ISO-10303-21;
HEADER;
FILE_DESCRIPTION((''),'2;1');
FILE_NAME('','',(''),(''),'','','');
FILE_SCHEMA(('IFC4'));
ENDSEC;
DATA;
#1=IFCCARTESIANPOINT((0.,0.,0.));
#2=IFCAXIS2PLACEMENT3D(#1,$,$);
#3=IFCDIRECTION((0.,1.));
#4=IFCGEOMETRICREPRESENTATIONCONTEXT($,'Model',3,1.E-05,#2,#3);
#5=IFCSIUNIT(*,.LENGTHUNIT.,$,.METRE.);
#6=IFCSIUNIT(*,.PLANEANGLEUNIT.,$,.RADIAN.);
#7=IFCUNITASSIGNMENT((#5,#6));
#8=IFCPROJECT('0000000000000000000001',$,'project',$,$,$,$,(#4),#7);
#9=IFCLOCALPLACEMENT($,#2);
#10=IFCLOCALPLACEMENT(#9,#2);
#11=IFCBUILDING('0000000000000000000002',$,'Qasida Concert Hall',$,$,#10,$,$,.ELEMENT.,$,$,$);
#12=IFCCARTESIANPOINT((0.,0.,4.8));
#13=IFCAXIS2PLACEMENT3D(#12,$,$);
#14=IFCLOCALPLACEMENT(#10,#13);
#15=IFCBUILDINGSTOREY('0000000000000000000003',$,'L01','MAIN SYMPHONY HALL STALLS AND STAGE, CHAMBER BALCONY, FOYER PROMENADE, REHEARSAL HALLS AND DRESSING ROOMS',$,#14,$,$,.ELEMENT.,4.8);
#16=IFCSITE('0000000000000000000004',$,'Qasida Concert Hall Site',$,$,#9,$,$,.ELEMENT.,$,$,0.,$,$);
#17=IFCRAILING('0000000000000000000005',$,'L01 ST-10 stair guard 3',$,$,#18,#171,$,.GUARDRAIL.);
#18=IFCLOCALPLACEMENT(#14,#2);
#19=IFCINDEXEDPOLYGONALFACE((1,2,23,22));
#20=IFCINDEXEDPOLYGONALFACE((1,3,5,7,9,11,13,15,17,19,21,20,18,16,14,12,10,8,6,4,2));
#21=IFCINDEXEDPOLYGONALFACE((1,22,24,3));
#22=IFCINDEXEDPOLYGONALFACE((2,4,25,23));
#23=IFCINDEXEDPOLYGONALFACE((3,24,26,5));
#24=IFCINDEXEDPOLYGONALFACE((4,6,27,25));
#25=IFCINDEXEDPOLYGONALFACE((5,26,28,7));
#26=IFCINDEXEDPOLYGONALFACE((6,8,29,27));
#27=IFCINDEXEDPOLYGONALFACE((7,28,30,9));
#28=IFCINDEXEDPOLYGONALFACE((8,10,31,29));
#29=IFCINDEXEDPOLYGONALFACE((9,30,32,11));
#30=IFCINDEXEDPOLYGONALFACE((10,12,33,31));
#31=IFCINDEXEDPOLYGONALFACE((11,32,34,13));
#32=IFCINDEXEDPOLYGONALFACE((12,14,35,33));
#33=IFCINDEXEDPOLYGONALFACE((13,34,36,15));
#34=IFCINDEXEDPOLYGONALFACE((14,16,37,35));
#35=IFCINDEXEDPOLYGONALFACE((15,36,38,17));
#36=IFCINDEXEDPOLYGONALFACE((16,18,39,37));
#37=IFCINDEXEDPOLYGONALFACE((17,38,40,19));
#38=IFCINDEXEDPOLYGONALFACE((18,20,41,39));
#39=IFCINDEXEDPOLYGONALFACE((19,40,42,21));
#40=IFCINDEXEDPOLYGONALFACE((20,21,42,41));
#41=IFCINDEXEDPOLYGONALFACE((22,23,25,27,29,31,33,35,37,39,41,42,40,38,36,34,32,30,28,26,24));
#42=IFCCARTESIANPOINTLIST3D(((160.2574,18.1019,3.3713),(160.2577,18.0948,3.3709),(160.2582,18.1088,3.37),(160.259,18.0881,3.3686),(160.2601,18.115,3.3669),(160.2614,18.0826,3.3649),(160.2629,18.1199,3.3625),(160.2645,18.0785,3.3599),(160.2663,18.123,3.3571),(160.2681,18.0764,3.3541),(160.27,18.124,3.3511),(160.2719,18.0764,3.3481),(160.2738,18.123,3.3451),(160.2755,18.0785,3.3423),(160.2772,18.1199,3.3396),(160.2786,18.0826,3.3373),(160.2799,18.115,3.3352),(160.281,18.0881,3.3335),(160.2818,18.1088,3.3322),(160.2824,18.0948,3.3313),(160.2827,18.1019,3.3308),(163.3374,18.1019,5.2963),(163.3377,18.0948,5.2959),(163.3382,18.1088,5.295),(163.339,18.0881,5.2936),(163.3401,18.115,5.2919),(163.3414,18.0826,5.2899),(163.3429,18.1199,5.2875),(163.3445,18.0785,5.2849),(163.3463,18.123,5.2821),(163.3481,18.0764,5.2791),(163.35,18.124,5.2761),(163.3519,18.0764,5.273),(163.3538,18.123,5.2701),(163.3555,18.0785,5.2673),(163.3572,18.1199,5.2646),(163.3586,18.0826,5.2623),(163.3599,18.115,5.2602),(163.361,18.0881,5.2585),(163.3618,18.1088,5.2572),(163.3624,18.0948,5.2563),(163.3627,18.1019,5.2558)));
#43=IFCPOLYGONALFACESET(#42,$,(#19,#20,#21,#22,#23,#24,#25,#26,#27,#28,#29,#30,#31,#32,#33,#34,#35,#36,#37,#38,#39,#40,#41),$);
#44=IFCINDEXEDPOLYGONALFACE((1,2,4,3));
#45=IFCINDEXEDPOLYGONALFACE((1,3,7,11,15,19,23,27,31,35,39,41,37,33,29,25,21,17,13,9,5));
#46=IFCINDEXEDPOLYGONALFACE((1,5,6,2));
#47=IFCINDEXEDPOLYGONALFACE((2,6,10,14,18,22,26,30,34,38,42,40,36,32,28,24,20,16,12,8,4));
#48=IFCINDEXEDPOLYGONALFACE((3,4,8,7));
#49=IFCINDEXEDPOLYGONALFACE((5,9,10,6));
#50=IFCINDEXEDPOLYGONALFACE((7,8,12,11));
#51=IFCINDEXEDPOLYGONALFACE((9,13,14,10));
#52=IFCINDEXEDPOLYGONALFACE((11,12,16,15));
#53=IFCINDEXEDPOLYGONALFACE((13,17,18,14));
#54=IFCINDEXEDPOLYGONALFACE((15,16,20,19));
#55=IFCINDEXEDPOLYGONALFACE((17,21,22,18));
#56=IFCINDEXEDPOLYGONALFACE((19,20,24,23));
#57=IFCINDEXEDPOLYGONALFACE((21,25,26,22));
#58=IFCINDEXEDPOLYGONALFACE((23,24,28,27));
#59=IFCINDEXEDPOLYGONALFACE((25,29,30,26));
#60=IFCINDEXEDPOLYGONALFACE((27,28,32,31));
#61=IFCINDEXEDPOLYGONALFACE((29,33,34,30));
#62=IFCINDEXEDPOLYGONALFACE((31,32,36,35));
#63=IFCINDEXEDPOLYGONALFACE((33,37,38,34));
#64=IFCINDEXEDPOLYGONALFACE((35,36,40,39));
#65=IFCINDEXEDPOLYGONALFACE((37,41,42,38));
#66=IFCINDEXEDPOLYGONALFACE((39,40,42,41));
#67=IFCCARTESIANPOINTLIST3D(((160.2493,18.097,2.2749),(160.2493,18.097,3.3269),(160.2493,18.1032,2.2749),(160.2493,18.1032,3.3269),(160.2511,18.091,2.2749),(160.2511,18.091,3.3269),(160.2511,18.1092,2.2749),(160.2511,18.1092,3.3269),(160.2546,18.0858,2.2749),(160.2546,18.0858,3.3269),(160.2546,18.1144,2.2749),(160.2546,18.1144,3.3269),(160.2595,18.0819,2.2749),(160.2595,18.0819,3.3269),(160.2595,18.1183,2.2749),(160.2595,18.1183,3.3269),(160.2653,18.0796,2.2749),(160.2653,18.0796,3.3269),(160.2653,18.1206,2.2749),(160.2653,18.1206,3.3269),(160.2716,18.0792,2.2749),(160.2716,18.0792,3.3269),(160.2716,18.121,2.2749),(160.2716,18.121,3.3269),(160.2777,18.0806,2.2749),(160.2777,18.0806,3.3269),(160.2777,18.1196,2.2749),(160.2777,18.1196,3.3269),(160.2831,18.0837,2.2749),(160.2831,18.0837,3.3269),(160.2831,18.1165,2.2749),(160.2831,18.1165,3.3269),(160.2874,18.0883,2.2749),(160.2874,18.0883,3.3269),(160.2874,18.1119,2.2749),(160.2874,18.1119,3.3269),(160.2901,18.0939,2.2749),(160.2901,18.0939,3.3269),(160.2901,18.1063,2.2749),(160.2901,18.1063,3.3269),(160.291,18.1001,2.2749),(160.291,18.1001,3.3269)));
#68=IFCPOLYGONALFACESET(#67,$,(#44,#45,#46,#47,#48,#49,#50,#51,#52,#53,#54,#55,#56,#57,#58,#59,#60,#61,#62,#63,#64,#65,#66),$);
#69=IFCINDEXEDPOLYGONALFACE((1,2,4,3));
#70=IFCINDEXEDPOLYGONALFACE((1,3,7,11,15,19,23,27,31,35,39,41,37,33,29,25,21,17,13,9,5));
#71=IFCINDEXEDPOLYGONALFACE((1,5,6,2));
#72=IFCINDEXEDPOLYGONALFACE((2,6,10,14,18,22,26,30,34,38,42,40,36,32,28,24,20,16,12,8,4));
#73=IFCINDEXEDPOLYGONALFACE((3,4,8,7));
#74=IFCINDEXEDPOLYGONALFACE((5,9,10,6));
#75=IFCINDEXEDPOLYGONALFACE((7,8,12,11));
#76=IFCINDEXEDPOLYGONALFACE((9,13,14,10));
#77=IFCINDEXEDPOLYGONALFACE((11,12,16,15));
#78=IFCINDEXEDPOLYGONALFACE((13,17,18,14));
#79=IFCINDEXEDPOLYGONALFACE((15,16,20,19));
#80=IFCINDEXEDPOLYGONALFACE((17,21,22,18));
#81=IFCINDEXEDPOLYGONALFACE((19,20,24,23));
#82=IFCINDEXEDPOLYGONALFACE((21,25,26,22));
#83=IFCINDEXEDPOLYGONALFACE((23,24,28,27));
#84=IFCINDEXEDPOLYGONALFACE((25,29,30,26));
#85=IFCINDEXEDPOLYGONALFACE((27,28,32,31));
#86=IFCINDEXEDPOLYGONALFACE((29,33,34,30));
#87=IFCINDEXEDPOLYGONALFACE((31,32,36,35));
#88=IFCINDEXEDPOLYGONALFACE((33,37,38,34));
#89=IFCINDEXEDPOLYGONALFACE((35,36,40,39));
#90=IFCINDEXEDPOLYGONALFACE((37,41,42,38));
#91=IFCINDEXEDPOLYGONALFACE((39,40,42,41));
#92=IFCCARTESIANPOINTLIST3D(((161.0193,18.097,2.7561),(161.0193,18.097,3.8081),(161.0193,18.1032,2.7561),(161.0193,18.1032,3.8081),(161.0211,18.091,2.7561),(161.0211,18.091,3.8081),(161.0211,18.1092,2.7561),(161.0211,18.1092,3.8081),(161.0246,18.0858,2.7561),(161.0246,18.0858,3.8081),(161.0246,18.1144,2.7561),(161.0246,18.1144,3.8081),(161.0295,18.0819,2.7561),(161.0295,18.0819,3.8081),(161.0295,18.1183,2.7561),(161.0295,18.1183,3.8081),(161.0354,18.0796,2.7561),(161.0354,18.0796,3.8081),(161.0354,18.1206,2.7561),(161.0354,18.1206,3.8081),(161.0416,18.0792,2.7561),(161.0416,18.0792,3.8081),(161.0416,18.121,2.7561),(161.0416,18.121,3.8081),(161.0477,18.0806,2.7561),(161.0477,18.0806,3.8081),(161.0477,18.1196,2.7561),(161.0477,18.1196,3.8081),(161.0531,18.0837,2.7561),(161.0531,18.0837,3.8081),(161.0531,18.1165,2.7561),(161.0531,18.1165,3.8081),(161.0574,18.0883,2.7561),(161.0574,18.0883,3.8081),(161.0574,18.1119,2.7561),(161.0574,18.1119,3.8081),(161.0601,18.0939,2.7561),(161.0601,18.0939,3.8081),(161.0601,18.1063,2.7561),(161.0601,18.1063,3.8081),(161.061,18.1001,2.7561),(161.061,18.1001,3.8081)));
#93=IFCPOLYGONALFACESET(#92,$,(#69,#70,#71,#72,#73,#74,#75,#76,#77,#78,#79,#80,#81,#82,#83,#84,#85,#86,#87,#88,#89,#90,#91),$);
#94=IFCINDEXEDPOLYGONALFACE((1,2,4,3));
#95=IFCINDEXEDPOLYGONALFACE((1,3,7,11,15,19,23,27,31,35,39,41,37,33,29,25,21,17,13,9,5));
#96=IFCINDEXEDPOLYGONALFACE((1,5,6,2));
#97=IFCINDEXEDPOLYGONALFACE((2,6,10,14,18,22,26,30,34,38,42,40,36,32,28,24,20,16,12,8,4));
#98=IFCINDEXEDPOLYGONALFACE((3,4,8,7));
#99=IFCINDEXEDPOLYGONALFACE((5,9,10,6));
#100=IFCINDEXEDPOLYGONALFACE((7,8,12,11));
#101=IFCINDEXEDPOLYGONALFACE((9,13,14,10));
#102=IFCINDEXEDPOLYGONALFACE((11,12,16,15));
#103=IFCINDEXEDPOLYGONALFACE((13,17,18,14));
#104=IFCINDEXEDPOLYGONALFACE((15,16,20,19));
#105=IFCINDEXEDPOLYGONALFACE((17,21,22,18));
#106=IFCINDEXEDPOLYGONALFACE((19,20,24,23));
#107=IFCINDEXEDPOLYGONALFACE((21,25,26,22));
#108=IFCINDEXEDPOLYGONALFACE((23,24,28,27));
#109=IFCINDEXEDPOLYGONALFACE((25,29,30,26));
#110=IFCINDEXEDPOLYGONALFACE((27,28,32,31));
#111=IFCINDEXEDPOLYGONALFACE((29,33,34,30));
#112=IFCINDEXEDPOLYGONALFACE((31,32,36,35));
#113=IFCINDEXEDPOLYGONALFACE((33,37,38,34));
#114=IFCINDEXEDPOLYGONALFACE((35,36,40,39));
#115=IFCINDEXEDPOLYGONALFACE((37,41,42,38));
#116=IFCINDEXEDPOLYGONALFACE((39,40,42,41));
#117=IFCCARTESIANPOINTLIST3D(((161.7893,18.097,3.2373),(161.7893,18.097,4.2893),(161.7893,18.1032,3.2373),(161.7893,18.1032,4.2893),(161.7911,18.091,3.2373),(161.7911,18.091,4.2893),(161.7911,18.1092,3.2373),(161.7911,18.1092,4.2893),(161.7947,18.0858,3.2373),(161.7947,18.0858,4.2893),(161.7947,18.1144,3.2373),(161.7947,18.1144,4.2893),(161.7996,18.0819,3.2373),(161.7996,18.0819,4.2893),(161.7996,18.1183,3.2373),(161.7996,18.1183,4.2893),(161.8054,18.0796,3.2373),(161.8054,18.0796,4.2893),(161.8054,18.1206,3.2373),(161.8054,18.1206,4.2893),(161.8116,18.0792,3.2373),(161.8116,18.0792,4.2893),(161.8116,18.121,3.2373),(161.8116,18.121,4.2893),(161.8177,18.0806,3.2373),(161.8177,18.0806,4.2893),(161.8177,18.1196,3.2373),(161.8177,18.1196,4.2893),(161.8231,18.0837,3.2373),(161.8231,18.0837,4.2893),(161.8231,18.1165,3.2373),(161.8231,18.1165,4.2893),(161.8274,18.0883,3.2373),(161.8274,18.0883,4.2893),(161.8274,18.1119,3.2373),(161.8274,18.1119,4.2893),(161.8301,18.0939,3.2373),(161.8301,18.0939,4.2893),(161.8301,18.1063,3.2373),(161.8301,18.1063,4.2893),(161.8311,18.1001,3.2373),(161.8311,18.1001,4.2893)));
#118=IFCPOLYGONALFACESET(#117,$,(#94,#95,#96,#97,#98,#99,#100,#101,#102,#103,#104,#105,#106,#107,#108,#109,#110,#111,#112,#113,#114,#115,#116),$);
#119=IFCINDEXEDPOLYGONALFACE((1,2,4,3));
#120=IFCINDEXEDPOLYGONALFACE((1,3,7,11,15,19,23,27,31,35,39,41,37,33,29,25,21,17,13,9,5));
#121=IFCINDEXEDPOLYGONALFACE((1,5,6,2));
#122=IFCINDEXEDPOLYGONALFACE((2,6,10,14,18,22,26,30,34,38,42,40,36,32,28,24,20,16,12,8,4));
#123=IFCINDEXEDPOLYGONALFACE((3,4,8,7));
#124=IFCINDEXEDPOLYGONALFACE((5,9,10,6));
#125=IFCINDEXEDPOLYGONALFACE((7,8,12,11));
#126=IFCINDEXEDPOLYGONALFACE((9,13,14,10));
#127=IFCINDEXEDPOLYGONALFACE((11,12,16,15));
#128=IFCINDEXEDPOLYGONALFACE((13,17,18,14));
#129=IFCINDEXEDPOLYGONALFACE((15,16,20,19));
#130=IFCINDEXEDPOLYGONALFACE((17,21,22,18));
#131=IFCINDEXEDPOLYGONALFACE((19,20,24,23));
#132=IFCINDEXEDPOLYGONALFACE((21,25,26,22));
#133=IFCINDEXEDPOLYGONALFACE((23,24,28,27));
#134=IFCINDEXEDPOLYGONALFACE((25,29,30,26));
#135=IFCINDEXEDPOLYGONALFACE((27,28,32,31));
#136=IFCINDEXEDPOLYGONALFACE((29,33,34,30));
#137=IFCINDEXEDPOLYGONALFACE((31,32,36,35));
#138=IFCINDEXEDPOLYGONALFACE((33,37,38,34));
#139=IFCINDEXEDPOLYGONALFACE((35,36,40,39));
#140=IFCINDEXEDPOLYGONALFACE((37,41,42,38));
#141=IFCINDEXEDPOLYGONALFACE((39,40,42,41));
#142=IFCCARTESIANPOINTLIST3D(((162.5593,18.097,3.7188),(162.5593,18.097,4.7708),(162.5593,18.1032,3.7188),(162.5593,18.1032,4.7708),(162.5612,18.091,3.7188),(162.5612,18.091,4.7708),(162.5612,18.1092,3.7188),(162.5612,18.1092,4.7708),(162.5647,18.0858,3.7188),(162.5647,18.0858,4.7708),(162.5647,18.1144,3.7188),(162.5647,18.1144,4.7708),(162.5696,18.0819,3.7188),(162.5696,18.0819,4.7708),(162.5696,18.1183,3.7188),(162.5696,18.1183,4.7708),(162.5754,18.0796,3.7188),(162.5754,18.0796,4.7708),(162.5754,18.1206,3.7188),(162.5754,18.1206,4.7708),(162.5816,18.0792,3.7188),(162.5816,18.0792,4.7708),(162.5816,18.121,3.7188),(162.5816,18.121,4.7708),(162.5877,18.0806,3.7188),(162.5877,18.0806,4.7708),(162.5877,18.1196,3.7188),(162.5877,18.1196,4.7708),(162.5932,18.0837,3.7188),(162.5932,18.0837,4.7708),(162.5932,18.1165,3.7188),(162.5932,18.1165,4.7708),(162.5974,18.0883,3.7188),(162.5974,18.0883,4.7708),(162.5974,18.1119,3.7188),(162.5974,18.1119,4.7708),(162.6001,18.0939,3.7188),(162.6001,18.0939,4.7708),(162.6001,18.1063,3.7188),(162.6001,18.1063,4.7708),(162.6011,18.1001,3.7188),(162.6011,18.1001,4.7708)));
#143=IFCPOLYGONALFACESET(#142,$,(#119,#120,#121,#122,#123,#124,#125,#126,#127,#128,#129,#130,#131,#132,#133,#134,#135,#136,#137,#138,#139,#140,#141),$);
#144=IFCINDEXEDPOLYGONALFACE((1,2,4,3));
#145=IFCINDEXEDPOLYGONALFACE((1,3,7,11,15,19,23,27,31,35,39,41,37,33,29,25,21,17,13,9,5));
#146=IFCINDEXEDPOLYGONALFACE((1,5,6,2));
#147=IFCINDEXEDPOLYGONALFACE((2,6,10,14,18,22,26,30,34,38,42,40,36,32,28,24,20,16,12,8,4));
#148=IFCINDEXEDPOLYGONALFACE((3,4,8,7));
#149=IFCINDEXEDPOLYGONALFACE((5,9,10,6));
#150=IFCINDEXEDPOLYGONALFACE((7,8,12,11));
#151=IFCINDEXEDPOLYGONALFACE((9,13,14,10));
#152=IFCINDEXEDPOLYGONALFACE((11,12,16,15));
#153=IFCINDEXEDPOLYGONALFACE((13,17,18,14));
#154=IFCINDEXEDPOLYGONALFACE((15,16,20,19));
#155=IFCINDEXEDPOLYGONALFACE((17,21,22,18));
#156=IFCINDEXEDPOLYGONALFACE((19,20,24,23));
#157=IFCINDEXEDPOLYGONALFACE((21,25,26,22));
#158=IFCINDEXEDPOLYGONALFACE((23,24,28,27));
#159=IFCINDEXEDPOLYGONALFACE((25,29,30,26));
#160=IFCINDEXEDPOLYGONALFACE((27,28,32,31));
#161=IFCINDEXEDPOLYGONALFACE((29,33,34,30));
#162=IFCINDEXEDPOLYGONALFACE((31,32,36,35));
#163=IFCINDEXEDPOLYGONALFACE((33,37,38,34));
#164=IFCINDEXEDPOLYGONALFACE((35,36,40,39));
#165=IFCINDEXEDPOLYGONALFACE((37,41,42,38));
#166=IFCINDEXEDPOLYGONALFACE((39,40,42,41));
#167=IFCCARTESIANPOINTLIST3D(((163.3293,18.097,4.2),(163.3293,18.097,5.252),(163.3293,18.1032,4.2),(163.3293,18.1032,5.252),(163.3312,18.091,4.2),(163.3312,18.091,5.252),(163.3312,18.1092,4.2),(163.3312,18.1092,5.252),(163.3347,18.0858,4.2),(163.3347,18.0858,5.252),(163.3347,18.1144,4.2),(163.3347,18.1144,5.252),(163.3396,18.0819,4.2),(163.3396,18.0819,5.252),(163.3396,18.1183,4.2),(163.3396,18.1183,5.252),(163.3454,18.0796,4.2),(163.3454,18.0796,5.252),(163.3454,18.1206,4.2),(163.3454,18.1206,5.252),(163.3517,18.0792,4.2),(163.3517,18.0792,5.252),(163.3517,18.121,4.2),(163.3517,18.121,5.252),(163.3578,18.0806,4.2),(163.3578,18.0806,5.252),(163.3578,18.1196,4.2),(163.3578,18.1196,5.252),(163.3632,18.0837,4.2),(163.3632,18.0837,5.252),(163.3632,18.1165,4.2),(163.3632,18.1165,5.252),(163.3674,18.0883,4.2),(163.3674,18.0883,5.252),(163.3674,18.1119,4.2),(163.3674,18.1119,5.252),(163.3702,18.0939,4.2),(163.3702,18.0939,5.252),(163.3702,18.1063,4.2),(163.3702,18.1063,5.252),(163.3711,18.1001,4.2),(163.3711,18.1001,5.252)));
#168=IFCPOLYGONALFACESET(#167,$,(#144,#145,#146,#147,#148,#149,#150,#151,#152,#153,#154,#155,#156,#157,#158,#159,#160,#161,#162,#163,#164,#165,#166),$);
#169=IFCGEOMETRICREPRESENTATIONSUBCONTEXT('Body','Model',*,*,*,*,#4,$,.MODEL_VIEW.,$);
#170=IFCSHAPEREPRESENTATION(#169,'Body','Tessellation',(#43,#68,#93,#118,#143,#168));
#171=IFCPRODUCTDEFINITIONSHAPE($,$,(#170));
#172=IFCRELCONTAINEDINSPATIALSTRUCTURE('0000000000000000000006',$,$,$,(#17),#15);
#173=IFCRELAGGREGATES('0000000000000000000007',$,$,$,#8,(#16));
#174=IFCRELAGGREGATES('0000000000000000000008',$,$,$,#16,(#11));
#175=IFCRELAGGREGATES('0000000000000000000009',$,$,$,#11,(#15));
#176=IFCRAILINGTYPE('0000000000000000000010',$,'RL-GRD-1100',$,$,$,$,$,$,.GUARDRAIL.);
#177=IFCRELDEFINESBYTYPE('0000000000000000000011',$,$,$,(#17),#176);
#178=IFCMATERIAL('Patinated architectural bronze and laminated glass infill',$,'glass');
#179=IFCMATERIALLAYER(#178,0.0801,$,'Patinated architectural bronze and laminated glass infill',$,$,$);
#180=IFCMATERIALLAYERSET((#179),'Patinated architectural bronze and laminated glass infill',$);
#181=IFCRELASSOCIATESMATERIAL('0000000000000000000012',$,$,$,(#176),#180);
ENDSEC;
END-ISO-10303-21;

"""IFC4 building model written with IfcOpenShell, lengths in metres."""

from ifc_helpers import new_model, si_unit, direction, frame, origin, origin_2d, place, context, subcontext, project, spatial, circle, extrude, material, layer, layer_set, type_object, element, save


model = new_model("IFC4")

# Units and contexts
model_context = context("Model", 3, precision=1e-05, world=origin(), true_north=direction((0.0, 1.0)))
body_context = subcontext(model_context, "Body", "Model", "MODEL_VIEW")
ifc_project = project(units=[si_unit("LENGTHUNIT", "METRE"), si_unit("PLANEANGLEUNIT", "RADIAN")], contexts=[model_context])

# Site, building, storey
site_placement = place(None, origin())
site = spatial("IfcSite", under=ifc_project, at=site_placement, Name="Qasida Concert Hall Site", CompositionType="ELEMENT", RefElevation=0.0)
building_placement = place(site_placement, origin())
building = spatial("IfcBuilding", under=site, at=building_placement, Name="Qasida Concert Hall", CompositionType="ELEMENT")
storey_placement = place(building_placement, frame((0.0, 0.0, 4.8)))
storey = spatial("IfcBuildingStorey", under=building, at=storey_placement, Name="L01", Description="MAIN SYMPHONY HALL STALLS AND STAGE, CHAMBER BALCONY, FOYER PROMENADE, REHEARSAL HALLS AND DRESSING ROOMS", CompositionType="ELEMENT", Elevation=4.8)

# Railing
ifc_material_1 = material(Name="Patinated architectural bronze and laminated glass infill", Category="glass")
ifc_layer_1 = layer(ifc_material_1, 0.0801, Name="Patinated architectural bronze and laminated glass infill")
ifc_layer_set_1 = layer_set([ifc_layer_1], Name="Patinated architectural bronze and laminated glass infill")
railing_type_1 = type_object("IfcRailingType", Name="RL-GRD-1100", PredefinedType="GUARDRAIL", material=ifc_layer_set_1)
railing_1_placement = place(storey_placement, frame((160.27, 18.1001, 2.2749)))
element("IfcRailing", 1, at=railing_1_placement, inside=storey, type_object=railing_type_1, Name="L01 ST-10 stair guard 3", PredefinedType="GUARDRAIL", context=body_context, shape_type="SweptSolid", body=[
    extrude(circle(Radius=0.0239, at=origin_2d()), frame((0.0, 0.0, 1.0762), z_axis=(0.847998, 0.0, 0.529999), x_axis=(0.0, 1.0, 0.0)), (0.0, 0.0, 1.0), 3.6321),
    extrude(circle(Radius=0.021, at=origin_2d()), origin(), (0.0, 0.0, 1.0), 1.052),
    extrude(circle(Radius=0.021, at=origin_2d()), frame((0.77, 0.0, 0.4812)), (0.0, 0.0, 1.0), 1.052),
    extrude(circle(Radius=0.021, at=origin_2d()), frame((1.54, 0.0, 0.9624)), (0.0, 0.0, 1.0), 1.052),
    extrude(circle(Radius=0.021, at=origin_2d()), frame((2.3101, 0.0, 1.4438)), (0.0, 0.0, 1.0), 1.052),
    extrude(circle(Radius=0.021, at=origin_2d()), frame((3.0801, 0.0, 1.925)), (0.0, 0.0, 1.0), 1.052),
])

save(model, "model.ifc")
